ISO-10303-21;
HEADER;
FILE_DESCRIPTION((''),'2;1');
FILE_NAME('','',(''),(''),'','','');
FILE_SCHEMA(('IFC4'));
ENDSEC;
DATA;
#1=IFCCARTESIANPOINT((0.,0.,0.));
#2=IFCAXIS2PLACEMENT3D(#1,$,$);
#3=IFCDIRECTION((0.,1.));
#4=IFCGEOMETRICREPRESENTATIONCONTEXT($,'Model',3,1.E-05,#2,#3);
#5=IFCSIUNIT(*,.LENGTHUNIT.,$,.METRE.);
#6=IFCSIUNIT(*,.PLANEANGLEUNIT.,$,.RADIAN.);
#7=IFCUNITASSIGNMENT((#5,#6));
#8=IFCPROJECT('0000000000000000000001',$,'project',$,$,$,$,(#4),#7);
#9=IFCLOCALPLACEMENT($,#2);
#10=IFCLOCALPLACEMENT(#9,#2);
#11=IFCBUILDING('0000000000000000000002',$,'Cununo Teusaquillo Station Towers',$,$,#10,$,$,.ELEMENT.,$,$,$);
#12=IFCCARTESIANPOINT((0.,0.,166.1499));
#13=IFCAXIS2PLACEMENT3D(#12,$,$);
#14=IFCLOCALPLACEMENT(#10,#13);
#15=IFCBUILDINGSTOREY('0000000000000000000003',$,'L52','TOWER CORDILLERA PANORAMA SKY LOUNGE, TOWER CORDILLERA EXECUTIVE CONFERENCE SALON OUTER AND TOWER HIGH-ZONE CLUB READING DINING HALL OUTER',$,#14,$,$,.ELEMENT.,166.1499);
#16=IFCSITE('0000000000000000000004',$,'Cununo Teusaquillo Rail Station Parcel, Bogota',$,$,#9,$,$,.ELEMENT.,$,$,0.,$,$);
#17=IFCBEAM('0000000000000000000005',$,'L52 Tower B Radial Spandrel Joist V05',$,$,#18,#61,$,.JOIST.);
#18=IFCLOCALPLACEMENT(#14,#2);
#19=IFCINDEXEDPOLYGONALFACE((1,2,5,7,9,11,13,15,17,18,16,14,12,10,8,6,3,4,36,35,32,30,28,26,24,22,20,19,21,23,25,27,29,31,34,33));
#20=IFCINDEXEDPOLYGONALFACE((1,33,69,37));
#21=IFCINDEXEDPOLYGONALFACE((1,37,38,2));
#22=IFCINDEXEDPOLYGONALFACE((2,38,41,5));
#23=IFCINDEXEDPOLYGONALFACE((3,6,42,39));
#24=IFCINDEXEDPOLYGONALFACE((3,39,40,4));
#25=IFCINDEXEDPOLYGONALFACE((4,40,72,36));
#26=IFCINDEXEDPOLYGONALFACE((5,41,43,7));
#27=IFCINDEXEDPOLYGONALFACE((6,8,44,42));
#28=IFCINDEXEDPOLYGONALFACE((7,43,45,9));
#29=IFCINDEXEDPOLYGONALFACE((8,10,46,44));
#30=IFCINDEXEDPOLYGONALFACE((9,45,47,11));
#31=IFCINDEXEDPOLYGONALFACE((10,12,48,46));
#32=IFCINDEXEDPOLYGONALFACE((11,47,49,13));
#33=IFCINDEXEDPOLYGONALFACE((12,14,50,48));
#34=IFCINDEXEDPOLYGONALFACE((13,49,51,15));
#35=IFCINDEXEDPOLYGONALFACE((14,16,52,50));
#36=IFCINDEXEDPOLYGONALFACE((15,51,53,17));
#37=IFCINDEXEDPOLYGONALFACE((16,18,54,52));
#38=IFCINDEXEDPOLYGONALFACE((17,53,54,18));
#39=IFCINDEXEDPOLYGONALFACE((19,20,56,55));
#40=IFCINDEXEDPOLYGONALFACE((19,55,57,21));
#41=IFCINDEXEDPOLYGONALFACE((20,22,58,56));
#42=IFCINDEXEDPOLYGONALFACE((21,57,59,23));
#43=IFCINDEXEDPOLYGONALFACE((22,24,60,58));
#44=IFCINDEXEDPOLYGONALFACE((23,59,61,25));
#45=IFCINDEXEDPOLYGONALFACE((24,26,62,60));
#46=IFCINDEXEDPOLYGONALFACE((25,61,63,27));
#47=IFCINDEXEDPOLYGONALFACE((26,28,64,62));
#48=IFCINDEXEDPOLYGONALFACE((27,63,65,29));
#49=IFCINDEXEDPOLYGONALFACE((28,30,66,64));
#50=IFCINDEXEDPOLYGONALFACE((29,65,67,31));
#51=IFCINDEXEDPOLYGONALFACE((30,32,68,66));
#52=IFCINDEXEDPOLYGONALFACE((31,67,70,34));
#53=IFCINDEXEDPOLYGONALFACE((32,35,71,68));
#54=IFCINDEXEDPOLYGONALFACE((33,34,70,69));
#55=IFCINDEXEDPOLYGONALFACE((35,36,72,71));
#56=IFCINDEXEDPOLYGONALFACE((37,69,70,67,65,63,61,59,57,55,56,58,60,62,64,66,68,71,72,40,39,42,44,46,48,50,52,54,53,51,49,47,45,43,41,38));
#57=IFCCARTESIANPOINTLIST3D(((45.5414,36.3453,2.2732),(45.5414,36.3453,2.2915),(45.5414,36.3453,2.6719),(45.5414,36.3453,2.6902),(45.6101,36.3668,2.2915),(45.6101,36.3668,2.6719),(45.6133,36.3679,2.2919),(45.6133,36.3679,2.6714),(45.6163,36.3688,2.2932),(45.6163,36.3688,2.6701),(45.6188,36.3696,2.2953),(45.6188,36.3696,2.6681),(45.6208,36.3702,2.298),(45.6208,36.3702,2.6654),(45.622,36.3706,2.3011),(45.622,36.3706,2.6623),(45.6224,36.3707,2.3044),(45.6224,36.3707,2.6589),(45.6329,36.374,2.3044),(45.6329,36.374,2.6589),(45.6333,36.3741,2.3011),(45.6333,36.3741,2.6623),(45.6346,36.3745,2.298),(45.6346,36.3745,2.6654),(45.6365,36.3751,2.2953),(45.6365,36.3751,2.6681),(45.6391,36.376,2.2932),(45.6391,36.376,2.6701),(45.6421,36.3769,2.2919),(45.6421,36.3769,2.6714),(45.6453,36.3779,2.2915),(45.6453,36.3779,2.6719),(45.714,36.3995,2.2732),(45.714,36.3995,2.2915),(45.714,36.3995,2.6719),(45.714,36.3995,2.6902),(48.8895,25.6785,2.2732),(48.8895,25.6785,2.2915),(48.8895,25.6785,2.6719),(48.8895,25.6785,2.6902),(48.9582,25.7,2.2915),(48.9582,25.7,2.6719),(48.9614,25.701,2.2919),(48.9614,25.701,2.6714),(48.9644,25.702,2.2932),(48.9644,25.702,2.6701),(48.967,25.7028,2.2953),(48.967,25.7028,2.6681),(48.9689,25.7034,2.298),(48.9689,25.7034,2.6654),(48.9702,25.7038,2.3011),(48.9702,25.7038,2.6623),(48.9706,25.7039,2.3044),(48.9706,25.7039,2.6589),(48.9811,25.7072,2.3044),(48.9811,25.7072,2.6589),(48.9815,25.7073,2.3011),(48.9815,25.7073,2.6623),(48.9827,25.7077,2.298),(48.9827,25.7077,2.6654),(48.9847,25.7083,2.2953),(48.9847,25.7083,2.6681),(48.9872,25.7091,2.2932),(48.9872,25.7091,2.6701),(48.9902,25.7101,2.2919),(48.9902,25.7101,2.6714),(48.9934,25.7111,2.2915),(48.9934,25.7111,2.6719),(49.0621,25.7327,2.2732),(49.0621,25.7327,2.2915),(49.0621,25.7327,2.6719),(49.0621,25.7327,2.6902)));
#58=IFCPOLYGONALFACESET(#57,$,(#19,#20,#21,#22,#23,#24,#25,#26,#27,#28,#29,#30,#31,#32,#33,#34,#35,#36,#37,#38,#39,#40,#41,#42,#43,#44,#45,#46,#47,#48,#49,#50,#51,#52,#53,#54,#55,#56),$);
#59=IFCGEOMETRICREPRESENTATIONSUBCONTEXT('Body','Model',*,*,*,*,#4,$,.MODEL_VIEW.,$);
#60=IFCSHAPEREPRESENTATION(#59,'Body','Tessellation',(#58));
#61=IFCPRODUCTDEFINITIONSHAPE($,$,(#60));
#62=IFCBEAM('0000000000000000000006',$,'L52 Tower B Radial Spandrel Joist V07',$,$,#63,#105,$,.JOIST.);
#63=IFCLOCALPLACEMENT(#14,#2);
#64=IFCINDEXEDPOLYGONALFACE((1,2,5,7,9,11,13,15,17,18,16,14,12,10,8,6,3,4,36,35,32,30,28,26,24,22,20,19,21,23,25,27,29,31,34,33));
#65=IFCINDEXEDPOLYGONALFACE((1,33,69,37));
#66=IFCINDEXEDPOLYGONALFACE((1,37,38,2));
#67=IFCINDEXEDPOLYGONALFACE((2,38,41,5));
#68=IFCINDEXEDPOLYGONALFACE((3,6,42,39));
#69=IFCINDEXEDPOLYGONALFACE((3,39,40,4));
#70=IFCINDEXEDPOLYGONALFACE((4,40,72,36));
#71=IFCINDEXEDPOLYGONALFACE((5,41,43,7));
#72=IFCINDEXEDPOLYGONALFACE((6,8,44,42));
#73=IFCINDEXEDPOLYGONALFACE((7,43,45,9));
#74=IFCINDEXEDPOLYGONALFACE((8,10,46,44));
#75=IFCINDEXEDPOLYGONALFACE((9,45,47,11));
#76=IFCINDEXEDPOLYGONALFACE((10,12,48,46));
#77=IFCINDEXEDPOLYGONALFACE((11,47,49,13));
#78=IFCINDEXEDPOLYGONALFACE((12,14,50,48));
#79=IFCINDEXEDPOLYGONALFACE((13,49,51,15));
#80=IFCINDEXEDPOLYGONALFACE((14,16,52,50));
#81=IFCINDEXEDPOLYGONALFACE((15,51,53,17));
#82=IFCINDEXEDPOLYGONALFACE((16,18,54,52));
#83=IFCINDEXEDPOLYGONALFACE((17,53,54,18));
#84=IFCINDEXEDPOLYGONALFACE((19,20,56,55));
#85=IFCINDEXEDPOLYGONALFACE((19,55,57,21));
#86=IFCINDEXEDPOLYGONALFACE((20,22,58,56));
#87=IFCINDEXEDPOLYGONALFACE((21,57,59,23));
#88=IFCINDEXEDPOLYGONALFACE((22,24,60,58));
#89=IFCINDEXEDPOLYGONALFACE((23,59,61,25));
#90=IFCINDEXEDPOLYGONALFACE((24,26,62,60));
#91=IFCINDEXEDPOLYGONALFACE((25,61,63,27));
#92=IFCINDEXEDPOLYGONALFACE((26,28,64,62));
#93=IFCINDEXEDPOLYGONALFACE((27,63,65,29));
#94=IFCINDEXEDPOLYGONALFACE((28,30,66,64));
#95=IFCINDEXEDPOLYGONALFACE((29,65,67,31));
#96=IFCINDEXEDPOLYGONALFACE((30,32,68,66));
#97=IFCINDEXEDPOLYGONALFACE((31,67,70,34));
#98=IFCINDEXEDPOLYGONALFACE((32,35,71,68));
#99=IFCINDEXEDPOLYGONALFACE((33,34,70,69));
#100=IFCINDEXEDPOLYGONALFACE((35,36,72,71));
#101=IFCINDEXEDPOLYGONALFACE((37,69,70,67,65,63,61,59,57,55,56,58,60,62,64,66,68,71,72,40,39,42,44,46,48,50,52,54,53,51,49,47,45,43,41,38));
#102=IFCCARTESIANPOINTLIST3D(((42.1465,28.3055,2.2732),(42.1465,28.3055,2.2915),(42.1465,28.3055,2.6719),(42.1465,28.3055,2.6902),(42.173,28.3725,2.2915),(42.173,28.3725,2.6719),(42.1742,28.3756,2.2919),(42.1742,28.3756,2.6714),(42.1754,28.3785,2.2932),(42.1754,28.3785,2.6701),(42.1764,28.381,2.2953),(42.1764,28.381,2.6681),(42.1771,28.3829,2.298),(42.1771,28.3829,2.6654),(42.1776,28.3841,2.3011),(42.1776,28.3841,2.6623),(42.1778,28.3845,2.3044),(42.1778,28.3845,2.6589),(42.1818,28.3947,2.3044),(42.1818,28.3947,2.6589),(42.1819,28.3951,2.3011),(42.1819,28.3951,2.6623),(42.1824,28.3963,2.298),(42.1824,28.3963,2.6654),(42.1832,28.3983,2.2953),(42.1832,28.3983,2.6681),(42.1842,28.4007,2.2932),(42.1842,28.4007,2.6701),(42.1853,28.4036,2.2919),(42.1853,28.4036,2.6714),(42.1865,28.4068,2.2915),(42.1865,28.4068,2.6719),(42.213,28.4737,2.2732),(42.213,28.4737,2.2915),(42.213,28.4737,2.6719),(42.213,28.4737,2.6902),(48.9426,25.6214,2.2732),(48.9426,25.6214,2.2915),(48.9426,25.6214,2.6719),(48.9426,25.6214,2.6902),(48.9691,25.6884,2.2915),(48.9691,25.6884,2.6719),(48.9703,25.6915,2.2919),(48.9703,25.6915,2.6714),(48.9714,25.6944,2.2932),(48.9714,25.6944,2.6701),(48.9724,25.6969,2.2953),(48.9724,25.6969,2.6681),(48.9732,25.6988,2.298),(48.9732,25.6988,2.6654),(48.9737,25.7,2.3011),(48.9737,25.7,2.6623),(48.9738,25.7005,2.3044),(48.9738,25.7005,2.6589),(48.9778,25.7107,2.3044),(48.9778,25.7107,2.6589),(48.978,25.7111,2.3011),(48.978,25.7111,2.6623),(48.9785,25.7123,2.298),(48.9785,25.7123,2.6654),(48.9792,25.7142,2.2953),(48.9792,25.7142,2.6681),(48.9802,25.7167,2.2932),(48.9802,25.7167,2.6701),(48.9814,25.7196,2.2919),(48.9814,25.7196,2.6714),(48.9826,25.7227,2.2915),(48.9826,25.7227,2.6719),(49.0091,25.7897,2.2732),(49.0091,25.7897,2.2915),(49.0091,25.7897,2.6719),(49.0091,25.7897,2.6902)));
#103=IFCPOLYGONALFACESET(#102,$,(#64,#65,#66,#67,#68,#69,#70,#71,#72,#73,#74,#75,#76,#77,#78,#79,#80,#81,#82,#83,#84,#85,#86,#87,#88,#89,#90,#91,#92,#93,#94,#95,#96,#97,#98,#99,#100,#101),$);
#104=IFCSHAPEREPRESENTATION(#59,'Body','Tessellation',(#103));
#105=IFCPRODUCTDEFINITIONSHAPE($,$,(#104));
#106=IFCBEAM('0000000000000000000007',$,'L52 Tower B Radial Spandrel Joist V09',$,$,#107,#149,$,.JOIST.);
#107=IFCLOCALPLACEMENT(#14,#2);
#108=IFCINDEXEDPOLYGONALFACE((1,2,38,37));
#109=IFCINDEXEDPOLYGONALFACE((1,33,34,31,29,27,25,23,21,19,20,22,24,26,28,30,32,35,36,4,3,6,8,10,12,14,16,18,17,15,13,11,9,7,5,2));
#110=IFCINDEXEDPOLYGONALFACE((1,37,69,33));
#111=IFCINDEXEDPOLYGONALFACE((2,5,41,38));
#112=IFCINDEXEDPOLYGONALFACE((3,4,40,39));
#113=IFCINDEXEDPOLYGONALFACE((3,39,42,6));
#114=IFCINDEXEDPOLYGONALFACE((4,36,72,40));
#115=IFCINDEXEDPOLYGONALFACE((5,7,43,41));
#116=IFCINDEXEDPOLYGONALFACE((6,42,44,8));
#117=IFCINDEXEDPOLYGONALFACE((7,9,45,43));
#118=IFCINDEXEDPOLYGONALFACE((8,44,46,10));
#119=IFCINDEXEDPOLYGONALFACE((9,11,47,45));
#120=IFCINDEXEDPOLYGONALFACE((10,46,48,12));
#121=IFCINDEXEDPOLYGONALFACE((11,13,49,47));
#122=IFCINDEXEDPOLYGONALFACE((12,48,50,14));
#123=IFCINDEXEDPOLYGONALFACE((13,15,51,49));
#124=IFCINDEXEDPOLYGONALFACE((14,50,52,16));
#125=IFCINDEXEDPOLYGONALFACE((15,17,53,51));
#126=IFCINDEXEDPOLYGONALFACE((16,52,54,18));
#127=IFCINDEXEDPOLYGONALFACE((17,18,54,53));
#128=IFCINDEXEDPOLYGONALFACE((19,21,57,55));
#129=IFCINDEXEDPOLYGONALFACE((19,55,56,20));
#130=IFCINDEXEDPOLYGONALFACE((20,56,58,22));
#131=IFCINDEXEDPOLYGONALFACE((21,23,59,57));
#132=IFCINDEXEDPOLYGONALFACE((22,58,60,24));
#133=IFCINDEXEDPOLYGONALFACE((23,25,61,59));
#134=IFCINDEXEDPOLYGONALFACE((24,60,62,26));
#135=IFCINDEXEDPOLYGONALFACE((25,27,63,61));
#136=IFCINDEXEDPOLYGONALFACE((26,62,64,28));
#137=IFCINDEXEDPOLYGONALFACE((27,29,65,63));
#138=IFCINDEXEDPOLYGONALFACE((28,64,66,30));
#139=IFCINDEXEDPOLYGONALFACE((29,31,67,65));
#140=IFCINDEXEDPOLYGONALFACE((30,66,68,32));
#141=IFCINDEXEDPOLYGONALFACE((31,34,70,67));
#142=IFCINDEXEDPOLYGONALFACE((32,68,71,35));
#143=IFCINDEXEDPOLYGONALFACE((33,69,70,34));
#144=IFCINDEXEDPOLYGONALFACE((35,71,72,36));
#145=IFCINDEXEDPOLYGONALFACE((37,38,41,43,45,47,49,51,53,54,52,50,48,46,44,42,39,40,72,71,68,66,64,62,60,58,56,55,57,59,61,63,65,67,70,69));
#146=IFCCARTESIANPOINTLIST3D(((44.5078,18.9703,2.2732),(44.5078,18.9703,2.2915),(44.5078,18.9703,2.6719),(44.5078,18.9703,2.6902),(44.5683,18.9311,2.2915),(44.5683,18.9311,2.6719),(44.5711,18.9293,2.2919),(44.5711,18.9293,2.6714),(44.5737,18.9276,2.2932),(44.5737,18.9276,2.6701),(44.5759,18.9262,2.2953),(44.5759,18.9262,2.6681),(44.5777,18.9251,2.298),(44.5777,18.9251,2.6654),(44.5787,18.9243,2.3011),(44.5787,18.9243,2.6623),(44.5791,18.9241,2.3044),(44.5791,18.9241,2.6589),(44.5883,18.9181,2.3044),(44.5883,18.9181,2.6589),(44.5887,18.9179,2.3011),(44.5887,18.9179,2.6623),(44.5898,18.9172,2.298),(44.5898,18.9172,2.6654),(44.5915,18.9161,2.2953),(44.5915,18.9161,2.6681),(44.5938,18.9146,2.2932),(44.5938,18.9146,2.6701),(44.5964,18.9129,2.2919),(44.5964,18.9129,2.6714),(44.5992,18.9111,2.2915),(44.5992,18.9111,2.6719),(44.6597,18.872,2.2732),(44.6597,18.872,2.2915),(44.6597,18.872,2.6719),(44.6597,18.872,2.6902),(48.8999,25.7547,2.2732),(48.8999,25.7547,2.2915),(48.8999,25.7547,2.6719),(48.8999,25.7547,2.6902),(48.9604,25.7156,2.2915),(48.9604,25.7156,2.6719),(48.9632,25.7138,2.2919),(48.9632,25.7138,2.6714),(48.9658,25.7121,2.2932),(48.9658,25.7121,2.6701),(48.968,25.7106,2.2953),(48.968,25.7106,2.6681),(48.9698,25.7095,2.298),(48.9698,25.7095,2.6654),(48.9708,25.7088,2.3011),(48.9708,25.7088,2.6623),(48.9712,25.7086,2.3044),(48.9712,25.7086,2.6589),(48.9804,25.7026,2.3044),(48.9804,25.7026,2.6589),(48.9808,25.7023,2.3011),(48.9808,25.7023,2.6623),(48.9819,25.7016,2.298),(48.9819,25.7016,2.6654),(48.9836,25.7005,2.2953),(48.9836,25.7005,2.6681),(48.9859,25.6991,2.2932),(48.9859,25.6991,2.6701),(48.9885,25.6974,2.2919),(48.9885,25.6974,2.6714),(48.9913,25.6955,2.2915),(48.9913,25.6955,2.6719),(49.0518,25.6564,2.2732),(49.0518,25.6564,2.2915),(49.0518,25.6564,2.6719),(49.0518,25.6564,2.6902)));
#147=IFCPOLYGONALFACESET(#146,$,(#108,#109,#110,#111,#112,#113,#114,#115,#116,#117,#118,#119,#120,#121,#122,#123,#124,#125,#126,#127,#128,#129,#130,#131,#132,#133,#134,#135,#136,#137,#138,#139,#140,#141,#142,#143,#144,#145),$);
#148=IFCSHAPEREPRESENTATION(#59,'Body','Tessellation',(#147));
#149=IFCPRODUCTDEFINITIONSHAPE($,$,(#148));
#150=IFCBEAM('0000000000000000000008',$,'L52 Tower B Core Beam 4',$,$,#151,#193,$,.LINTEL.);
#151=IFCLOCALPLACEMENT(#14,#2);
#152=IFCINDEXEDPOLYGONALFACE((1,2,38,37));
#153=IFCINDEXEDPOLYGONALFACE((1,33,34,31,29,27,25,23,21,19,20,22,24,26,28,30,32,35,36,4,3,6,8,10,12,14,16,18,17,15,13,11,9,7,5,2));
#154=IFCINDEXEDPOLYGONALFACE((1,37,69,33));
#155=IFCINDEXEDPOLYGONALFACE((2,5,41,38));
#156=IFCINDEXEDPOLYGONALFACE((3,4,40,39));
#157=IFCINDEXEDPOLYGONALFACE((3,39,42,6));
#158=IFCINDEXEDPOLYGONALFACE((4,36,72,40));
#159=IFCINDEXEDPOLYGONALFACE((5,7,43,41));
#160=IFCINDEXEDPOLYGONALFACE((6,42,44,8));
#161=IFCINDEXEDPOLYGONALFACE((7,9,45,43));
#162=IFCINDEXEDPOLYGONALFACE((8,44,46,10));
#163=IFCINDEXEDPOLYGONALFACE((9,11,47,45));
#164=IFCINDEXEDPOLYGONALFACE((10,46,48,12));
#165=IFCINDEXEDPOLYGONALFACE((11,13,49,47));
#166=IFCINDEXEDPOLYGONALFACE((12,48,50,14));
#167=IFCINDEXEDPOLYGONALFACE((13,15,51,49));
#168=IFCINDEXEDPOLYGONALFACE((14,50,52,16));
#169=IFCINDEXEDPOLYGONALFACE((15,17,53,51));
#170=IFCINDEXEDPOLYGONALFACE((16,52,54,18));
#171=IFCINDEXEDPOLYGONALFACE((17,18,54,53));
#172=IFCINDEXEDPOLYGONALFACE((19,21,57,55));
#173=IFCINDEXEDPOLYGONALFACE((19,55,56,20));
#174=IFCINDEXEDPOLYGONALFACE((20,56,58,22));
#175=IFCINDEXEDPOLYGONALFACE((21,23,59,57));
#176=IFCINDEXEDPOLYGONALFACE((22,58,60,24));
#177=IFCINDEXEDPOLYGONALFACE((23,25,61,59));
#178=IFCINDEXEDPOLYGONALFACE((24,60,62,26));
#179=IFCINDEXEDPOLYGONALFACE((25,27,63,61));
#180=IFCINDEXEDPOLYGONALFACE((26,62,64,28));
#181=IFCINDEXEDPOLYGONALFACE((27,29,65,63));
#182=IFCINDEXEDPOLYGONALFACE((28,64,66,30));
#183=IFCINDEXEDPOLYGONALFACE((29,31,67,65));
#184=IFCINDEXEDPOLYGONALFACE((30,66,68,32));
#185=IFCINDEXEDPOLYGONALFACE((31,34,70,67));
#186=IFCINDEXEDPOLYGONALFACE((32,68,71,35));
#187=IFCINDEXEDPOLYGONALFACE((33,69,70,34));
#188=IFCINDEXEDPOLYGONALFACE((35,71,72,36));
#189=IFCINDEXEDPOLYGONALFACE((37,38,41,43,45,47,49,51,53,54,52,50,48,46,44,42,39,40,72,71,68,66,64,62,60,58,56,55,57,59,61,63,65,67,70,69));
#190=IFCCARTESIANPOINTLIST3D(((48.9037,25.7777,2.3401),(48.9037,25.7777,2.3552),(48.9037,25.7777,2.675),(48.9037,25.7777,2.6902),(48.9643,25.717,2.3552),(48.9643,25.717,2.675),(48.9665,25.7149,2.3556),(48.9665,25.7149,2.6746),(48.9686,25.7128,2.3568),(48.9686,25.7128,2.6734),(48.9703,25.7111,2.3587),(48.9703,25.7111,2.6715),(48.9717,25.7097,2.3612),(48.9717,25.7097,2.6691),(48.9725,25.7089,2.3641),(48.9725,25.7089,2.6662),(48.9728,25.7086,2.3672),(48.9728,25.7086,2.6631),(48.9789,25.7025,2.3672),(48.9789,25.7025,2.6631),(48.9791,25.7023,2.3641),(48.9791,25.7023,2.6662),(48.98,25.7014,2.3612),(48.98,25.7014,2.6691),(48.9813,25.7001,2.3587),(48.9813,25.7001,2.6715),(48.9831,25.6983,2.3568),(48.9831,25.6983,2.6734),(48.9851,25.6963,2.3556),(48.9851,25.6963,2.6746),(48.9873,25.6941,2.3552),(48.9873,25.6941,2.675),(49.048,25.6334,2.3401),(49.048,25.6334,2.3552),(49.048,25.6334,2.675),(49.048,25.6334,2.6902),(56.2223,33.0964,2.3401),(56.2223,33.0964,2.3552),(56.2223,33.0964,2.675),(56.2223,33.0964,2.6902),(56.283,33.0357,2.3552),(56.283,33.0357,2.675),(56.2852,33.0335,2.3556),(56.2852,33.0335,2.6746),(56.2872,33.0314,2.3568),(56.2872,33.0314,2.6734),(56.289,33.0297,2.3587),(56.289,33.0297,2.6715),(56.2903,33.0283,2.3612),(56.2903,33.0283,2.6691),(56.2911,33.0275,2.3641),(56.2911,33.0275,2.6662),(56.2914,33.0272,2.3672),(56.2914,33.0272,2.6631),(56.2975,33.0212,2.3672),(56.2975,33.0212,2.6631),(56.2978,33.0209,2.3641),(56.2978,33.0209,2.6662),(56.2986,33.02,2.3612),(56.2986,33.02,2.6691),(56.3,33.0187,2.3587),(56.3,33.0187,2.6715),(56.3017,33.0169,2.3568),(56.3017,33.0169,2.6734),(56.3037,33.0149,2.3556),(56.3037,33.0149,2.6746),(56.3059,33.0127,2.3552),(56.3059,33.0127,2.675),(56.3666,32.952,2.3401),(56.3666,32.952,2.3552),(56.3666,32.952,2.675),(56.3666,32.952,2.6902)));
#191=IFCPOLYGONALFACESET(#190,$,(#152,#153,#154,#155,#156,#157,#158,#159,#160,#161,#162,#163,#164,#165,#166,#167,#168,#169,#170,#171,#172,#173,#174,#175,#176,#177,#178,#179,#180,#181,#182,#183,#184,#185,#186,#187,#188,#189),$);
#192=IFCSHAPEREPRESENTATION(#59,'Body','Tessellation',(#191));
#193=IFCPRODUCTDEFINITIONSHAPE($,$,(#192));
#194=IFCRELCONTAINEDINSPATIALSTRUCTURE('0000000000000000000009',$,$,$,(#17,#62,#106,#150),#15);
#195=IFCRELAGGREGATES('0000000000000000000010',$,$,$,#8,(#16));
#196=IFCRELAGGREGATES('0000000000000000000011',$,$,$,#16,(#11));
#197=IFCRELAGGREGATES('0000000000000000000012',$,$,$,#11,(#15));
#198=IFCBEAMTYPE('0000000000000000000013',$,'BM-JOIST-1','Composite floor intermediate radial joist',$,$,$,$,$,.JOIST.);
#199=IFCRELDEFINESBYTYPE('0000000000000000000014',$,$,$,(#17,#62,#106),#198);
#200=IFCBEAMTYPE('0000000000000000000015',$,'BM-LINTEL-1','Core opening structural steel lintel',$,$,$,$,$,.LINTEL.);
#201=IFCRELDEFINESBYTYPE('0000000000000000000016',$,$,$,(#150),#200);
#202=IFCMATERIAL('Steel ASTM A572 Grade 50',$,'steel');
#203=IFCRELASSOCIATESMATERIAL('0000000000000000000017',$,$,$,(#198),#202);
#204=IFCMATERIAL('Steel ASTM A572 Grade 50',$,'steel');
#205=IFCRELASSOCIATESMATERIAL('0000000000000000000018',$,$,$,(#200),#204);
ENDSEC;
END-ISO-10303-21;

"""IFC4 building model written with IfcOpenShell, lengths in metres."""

from ifc_helpers import new_model, si_unit, direction, frame, origin, origin_2d, place, context, subcontext, project, spatial, i_section, extrude, material, material_profile, profile_set, type_object, element, save


model = new_model("IFC4")

# Units and contexts
model_context = context("Model", 3, precision=1e-05, world=origin(), true_north=direction((0.0, 1.0)))
body_context = subcontext(model_context, "Body", "Model", "MODEL_VIEW")
ifc_project = project(units=[si_unit("LENGTHUNIT", "METRE"), si_unit("PLANEANGLEUNIT", "RADIAN")], contexts=[model_context])

# Site, building, storey
site_placement = place(None, origin())
site = spatial("IfcSite", under=ifc_project, at=site_placement, Name="Cununo Teusaquillo Rail Station Parcel, Bogota", CompositionType="ELEMENT", RefElevation=0.0)
building_placement = place(site_placement, origin())
building = spatial("IfcBuilding", under=site, at=building_placement, Name="Cununo Teusaquillo Station Towers", CompositionType="ELEMENT")
storey_placement = place(building_placement, frame((0.0, 0.0, 166.1499)))
storey = spatial("IfcBuildingStorey", under=building, at=storey_placement, Name="L52", Description="TOWER CORDILLERA PANORAMA SKY LOUNGE, TOWER CORDILLERA EXECUTIVE CONFERENCE SALON OUTER AND TOWER HIGH-ZONE CLUB READING DINING HALL OUTER", CompositionType="ELEMENT", Elevation=166.1499)

# Beams
ifc_material_1 = material(Name="Steel ASTM A572 Grade 50", Category="steel")
ifc_material_profile_1 = material_profile(ifc_material_1, i_section(OverallWidth=0.1809, OverallDepth=0.417, WebThickness=0.011, FlangeThickness=0.0183, FilletRadius=0.0129, at=origin_2d()), Name="W16X57")
ifc_profile_set_1 = profile_set([ifc_material_profile_1], Name="Steel ASTM A572 Grade 50")
beam_type_1 = type_object("IfcBeamType", Name="BM-JOIST-1", Description="Composite floor intermediate radial joist", PredefinedType="JOIST", material=ifc_profile_set_1)
beam_1_placement = place(storey_placement, frame((48.9758, 25.7056, 2.4817), z_axis=(-0.29948, 0.954103, 0.0), x_axis=(-0.954103, -0.29948, 0.0)))
element("IfcBeam", 1, at=beam_1_placement, inside=storey, type_object=beam_type_1, Name="L52 Tower B Radial Spandrel Joist V05", PredefinedType="JOIST", context=body_context, shape_type="SweptSolid", body=[
    extrude(i_section(OverallWidth=0.1809, OverallDepth=0.417, WebThickness=0.011, FlangeThickness=0.0183, FilletRadius=0.0129, at=origin_2d()), origin(), (0.0, 0.0, 1.0), 11.1799),
])
beam_2_placement = place(storey_placement, frame((48.9758, 25.7056, 2.4817), z_axis=(-0.93009, 0.367332, 0.0), x_axis=(-0.367332, -0.93009, 0.0)))
element("IfcBeam", 2, at=beam_2_placement, inside=storey, type_object=beam_type_1, Name="L52 Tower B Radial Spandrel Joist V07", PredefinedType="JOIST", context=body_context, shape_type="SweptSolid", body=[
    extrude(i_section(OverallWidth=0.1809, OverallDepth=0.417, WebThickness=0.011, FlangeThickness=0.0183, FilletRadius=0.0129, at=origin_2d()), origin(), (0.0, 0.0, 1.0), 7.3069),
])
beam_3_placement = place(storey_placement, frame((48.9758, 25.7056, 2.4817), z_axis=(-0.54344, -0.839448, 0.0), x_axis=(0.839448, -0.54344, 0.0)))
element("IfcBeam", 3, at=beam_3_placement, inside=storey, type_object=beam_type_1, Name="L52 Tower B Radial Spandrel Joist V09", PredefinedType="JOIST", context=body_context, shape_type="SweptSolid", body=[
    extrude(i_section(OverallWidth=0.1809, OverallDepth=0.417, WebThickness=0.011, FlangeThickness=0.0183, FilletRadius=0.0129, at=origin_2d()), origin(), (0.0, 0.0, 1.0), 8.082),
])
ifc_material_2 = material(Name="Steel ASTM A572 Grade 50", Category="steel")
ifc_material_profile_2 = material_profile(ifc_material_2, i_section(OverallWidth=0.2041, OverallDepth=0.3501, WebThickness=0.0085, FlangeThickness=0.0151, FilletRadius=0.012, at=origin_2d()), Name="W14X48")
ifc_profile_set_2 = profile_set([ifc_material_profile_2], Name="Steel ASTM A572 Grade 50")
beam_type_2 = type_object("IfcBeamType", Name="BM-LINTEL-1", Description="Core opening structural steel lintel", PredefinedType="LINTEL", material=ifc_profile_set_2)
beam_4_placement = place(storey_placement, frame((48.9758, 25.7056, 2.5151), z_axis=(0.707107, 0.707107, 0.0), x_axis=(-0.707107, 0.707107, 0.0)))
element("IfcBeam", 4, at=beam_4_placement, inside=storey, type_object=beam_type_2, Name="L52 Tower B Core Beam 4", PredefinedType="LINTEL", context=body_context, shape_type="SweptSolid", body=[
    extrude(i_section(OverallWidth=0.2041, OverallDepth=0.3501, WebThickness=0.0085, FlangeThickness=0.0151, FilletRadius=0.012, at=origin_2d()), origin(), (0.0, 0.0, 1.0), 10.3501),
])

save(model, "model.ifc")
